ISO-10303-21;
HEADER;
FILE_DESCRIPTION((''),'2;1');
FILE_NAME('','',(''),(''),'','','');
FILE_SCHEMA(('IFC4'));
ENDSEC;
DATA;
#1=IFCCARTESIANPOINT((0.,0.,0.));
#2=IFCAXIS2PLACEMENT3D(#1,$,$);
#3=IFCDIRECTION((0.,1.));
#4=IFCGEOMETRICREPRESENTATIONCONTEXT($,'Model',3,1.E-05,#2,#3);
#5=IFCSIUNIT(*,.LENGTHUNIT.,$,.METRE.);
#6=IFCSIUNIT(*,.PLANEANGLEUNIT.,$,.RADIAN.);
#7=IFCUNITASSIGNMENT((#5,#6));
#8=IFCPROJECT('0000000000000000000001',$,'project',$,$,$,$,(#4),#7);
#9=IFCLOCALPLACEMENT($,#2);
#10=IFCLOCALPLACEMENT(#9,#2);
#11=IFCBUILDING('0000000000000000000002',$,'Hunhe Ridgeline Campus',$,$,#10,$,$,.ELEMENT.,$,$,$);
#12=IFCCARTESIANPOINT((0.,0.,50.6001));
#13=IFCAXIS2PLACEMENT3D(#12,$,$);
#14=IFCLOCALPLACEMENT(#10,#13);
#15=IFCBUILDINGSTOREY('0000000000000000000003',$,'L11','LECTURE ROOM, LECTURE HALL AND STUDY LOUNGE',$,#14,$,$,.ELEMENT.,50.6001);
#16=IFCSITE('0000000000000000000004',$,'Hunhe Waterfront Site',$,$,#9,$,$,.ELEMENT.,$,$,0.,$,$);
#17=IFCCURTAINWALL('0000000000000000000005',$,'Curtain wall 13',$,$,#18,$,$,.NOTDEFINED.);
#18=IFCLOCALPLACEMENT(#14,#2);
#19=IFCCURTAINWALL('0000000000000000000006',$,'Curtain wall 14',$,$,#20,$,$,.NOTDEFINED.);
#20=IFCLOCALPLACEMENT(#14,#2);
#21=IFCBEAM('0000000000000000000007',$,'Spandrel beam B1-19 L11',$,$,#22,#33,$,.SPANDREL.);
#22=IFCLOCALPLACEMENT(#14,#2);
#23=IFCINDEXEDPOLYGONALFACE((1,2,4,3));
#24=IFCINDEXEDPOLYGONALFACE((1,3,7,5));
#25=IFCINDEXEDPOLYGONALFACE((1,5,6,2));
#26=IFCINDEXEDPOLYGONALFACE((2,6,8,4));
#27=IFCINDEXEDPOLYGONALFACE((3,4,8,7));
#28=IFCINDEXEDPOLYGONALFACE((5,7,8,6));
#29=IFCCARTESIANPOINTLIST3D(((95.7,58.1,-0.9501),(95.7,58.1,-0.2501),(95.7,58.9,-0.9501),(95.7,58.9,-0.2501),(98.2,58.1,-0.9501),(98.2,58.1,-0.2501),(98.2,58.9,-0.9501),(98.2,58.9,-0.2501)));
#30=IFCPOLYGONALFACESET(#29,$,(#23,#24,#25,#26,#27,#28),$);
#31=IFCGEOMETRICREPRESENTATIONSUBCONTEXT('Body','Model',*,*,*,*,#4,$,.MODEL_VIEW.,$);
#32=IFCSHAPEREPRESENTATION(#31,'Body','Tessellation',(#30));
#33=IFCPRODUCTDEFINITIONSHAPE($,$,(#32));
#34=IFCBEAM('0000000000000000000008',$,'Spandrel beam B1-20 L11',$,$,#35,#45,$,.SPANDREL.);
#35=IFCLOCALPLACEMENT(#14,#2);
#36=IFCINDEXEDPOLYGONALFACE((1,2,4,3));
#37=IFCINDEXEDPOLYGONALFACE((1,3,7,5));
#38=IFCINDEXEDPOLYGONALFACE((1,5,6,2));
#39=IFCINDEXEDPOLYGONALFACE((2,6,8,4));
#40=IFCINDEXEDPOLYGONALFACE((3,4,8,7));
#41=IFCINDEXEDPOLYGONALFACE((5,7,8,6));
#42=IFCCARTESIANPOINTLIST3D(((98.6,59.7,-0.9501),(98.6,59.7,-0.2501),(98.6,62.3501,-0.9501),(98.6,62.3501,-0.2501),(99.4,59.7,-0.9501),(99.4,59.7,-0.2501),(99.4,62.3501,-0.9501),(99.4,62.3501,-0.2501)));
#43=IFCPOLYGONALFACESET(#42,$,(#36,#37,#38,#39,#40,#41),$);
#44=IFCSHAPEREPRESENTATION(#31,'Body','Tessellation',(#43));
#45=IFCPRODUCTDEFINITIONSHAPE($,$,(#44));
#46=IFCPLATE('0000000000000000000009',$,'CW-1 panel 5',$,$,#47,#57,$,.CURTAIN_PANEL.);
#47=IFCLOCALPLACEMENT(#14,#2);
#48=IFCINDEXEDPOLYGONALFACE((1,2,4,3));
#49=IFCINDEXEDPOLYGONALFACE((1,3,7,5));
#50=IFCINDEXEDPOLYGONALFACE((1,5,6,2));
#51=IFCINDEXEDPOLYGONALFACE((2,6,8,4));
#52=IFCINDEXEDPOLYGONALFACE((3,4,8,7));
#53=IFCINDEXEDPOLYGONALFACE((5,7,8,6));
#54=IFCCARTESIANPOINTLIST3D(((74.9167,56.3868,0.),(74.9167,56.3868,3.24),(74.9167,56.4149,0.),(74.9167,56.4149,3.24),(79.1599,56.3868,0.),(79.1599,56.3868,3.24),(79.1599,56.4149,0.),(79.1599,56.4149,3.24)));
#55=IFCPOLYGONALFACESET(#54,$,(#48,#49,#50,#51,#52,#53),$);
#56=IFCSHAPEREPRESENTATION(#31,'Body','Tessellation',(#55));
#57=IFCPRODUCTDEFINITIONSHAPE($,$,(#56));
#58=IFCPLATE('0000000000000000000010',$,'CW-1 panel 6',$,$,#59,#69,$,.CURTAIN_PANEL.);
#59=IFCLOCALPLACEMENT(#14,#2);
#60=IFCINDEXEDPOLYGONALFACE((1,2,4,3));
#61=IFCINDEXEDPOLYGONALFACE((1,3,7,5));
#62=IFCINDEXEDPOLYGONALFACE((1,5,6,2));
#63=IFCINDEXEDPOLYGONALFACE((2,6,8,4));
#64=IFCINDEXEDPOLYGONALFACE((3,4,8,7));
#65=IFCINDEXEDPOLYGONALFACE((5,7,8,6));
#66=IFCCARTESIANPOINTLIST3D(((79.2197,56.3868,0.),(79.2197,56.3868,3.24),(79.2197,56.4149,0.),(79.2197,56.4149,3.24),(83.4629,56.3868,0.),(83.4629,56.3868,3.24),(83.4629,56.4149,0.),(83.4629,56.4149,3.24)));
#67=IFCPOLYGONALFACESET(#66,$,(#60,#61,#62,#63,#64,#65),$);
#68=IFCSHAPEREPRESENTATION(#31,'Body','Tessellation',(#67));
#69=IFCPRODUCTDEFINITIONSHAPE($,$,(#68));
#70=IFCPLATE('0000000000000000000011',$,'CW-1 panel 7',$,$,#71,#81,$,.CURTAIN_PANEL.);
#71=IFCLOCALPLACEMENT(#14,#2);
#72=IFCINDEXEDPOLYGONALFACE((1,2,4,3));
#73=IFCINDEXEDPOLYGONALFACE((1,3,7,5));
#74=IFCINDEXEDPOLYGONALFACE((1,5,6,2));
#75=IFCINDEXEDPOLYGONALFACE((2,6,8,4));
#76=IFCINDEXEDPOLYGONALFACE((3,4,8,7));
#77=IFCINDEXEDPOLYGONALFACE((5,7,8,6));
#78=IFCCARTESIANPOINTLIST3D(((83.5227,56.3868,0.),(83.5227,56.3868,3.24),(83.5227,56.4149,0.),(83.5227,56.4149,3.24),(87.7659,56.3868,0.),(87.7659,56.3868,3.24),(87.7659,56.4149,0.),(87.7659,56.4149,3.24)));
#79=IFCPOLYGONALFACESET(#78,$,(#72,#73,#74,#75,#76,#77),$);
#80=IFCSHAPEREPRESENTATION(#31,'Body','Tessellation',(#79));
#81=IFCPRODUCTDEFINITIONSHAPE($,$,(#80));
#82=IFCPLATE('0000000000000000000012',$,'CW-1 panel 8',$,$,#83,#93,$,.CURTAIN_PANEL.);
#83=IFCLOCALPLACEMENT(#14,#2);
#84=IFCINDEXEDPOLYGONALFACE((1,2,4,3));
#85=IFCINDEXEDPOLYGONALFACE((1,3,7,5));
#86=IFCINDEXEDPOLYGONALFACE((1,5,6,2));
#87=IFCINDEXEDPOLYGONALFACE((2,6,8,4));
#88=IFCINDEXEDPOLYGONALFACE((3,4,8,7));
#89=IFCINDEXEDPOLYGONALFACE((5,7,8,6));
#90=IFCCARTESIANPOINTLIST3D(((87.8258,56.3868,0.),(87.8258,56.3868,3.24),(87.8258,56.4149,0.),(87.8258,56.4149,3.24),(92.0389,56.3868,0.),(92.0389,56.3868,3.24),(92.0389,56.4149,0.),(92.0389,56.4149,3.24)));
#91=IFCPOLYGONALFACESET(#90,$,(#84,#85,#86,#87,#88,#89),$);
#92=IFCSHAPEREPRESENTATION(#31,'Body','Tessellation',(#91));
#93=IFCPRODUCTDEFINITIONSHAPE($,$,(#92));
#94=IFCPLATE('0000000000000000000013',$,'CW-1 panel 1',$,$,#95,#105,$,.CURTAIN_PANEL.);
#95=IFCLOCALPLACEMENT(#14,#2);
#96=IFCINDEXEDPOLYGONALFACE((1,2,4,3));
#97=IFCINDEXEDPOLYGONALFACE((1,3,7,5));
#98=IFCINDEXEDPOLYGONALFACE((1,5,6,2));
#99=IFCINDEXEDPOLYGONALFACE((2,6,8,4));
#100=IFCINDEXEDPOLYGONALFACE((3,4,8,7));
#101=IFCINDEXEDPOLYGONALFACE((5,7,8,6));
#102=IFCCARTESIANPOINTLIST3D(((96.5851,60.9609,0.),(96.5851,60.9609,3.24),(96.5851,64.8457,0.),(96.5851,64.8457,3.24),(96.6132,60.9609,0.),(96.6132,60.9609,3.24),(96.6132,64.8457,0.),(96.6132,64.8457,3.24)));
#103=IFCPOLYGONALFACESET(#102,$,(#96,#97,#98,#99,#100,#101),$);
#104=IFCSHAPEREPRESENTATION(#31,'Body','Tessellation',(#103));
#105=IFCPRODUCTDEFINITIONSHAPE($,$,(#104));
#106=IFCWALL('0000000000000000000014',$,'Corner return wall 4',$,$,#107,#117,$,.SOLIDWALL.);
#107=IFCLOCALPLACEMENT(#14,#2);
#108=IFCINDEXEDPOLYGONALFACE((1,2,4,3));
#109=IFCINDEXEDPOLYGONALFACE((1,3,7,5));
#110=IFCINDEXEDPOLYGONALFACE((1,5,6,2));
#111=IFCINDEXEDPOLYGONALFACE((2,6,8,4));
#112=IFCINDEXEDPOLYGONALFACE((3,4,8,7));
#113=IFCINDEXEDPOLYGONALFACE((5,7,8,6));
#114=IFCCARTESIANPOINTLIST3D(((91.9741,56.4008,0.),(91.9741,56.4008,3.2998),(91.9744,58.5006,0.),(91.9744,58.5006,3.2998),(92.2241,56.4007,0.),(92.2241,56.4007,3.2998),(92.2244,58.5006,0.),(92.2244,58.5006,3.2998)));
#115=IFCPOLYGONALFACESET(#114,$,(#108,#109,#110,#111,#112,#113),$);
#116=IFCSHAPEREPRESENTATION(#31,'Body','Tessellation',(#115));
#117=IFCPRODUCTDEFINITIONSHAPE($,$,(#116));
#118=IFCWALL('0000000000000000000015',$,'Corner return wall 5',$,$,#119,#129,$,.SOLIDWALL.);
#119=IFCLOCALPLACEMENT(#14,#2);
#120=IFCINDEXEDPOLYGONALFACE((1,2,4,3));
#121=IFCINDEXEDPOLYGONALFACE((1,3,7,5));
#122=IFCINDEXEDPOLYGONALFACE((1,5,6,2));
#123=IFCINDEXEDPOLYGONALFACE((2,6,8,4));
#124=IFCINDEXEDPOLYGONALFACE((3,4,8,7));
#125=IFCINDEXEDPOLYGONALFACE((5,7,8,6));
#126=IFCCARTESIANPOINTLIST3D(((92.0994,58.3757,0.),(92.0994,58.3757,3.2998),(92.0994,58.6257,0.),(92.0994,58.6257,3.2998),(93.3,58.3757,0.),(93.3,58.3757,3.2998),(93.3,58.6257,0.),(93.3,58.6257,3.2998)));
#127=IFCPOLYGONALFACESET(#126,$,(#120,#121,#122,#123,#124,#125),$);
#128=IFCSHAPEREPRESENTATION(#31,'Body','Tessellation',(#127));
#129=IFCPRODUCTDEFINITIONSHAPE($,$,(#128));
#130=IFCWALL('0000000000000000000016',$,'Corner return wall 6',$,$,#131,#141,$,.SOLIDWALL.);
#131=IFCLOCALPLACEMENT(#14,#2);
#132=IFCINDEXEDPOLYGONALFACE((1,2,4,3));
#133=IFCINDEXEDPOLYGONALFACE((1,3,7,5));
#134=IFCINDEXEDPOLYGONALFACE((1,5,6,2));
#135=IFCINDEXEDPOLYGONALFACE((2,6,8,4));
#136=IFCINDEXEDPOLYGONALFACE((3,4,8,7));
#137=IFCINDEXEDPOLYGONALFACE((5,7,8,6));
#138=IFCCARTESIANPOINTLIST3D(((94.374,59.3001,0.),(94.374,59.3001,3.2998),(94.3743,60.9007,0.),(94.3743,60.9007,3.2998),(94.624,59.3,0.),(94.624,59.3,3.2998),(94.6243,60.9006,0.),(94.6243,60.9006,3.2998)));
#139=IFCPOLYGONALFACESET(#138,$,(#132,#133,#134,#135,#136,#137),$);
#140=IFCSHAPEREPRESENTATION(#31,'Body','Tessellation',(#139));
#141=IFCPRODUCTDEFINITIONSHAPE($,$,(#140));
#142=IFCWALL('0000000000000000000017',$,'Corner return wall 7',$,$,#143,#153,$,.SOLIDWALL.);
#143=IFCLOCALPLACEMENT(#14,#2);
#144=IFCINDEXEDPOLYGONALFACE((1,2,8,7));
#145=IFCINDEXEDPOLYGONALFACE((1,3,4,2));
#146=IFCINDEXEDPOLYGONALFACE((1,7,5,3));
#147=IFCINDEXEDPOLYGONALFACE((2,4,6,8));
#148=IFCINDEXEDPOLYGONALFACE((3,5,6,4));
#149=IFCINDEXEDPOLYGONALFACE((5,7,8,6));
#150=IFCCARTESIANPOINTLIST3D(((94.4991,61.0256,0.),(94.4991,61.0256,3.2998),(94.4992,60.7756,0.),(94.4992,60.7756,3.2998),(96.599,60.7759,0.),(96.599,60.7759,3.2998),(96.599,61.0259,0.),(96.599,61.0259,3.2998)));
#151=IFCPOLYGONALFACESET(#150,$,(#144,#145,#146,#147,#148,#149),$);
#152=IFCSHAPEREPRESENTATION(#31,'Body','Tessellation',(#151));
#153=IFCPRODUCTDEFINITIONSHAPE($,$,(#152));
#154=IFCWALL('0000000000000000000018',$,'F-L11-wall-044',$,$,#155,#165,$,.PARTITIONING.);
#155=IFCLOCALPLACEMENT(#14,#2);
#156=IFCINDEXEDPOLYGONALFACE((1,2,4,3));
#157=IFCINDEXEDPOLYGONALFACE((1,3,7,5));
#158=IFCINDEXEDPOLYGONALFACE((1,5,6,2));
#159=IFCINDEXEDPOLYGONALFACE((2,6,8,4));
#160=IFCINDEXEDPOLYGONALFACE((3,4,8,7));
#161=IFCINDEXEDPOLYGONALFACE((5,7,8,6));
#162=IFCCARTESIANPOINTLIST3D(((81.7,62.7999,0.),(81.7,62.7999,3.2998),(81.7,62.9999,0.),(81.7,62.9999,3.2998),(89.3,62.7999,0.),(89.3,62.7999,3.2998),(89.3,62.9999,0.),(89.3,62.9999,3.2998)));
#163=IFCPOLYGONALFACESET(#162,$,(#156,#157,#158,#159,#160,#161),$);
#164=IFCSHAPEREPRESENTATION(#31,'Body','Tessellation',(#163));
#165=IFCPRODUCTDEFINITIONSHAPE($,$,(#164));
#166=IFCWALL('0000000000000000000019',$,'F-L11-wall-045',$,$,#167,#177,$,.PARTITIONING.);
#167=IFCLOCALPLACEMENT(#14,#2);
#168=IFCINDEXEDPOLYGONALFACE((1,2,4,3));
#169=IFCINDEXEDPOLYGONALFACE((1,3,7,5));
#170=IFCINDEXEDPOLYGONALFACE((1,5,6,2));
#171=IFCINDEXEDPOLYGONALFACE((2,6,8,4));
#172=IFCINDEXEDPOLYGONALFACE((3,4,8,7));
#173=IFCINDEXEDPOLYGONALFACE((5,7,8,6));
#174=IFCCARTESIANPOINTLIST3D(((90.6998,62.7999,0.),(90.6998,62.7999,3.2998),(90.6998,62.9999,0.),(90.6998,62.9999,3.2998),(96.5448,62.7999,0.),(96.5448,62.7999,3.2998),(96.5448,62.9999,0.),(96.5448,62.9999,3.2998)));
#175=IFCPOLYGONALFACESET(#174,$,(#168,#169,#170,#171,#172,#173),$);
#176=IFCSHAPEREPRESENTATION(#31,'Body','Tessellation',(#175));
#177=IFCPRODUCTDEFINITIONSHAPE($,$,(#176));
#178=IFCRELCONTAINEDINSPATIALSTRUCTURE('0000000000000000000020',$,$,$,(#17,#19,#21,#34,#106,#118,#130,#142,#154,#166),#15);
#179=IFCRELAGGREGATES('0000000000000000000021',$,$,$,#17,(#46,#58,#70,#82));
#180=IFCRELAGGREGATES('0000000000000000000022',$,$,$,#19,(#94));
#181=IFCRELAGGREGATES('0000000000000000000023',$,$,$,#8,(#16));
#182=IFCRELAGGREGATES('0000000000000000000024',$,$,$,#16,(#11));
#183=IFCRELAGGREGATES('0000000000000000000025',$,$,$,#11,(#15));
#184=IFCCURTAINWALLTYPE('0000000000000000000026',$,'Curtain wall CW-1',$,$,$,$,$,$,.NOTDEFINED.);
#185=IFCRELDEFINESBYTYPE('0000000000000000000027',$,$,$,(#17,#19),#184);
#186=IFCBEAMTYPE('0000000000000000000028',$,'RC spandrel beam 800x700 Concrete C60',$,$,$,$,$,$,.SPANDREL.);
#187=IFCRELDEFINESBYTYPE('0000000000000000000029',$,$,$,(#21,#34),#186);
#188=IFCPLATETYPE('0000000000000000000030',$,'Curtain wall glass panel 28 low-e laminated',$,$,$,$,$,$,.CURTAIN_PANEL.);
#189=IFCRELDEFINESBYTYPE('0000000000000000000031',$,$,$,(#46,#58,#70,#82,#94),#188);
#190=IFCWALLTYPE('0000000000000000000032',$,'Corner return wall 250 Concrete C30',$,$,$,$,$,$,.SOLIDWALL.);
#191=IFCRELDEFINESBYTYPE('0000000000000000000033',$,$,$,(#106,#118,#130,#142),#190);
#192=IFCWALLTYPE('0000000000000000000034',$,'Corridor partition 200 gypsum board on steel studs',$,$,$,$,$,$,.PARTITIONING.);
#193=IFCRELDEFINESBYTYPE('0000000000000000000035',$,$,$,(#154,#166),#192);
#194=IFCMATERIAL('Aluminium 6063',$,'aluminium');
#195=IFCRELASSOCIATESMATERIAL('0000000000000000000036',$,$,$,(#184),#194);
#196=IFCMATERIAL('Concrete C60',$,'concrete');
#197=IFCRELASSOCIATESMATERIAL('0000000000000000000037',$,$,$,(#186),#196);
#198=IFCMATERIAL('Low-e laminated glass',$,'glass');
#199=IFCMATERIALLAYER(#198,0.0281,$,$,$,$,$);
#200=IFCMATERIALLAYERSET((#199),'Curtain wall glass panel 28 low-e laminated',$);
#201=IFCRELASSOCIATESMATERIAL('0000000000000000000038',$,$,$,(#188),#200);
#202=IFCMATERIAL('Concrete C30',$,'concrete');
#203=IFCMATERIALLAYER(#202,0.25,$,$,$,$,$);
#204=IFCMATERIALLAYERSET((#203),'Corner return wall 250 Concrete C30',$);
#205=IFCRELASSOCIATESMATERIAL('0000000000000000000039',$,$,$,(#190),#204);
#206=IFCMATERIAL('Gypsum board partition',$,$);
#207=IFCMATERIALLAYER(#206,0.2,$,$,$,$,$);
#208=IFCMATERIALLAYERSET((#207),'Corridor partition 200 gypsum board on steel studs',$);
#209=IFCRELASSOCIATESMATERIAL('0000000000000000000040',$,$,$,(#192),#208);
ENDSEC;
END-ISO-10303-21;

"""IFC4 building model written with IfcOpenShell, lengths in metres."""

from ifc_helpers import new_model, si_unit, direction, frame, frame_2d, origin, origin_2d, place, context, subcontext, project, spatial, rectangle, extrude, material, layer, layer_set, material_profile, profile_set, type_object, element, aggregate, save


model = new_model("IFC4")

# Units and contexts
model_context = context("Model", 3, precision=1e-05, world=origin(), true_north=direction((0.0, 1.0)))
body_context = subcontext(model_context, "Body", "Model", "MODEL_VIEW")
ifc_project = project(units=[si_unit("LENGTHUNIT", "METRE"), si_unit("PLANEANGLEUNIT", "RADIAN")], contexts=[model_context])

# Site, building, storey
site_placement = place(None, origin())
site = spatial("IfcSite", under=ifc_project, at=site_placement, Name="Hunhe Waterfront Site", CompositionType="ELEMENT", RefElevation=0.0)
building_placement = place(site_placement, origin())
building = spatial("IfcBuilding", under=site, at=building_placement, Name="Hunhe Ridgeline Campus", CompositionType="ELEMENT")
storey_placement = place(building_placement, frame((0.0, 0.0, 50.6001)))
storey = spatial("IfcBuildingStorey", under=building, at=storey_placement, Name="L11", Description="LECTURE ROOM, LECTURE HALL AND STUDY LOUNGE", CompositionType="ELEMENT", Elevation=50.6001)

# Curtain walls
ifc_material_1 = material(Name="Aluminium 6063", Category="aluminium")
curtain_wall_type = type_object("IfcCurtainWallType", Name="Curtain wall CW-1", PredefinedType="NOTDEFINED", material=ifc_material_1)
curtain_wall_1_placement = place(storey_placement, origin())
curtain_wall_1 = element("IfcCurtainWall", 1, at=curtain_wall_1_placement, inside=storey, type_object=curtain_wall_type, Name="Curtain wall 13", PredefinedType="NOTDEFINED")
curtain_wall_2_placement = place(storey_placement, origin())
curtain_wall_2 = element("IfcCurtainWall", 2, at=curtain_wall_2_placement, inside=storey, type_object=curtain_wall_type, Name="Curtain wall 14", PredefinedType="NOTDEFINED")

# Beams
ifc_material_2 = material(Name="Concrete C60", Category="concrete")
ifc_material_profile_1 = material_profile(ifc_material_2, rectangle(XDim=0.8, YDim=0.7, at=origin_2d()))
ifc_profile_set_1 = profile_set([ifc_material_profile_1], Name="Concrete C60")
beam_type = type_object("IfcBeamType", Name="RC spandrel beam 800x700 Concrete C60", PredefinedType="SPANDREL", material=ifc_profile_set_1)
for number, where, z_axis, x_axis, name in (
    (3, (95.7, 58.5, -0.6001), (1.0, 0.0, 0.0), (0.0, 1.0, 0.0), "Spandrel beam B1-19 L11"),
):
    element("IfcBeam", number, at=place(storey_placement, frame(where, z_axis=z_axis, x_axis=x_axis)), inside=storey, type_object=beam_type, Name=name, PredefinedType="SPANDREL", context=body_context, shape_type="SweptSolid", body=[
        extrude(rectangle(XDim=0.8, YDim=0.7, at=origin_2d()), origin(), (0.0, 0.0, 1.0), 2.5),
    ])
beam_1_placement = place(storey_placement, frame((99.0, 59.7, -0.6001), z_axis=(0.0, 1.0, 0.0), x_axis=(-1.0, 0.0, 0.0)))
element("IfcBeam", 4, at=beam_1_placement, inside=storey, type_object=beam_type, Name="Spandrel beam B1-20 L11", PredefinedType="SPANDREL", context=body_context, shape_type="SweptSolid", body=[
    extrude(rectangle(XDim=0.8, YDim=0.7, at=origin_2d()), origin(), (0.0, 0.0, 1.0), 2.6501),
])

# Plates
ifc_material_3 = material(Name="Low-e laminated glass", Category="glass")
ifc_layer_1 = layer(ifc_material_3, 0.0281)
ifc_layer_set_1 = layer_set([ifc_layer_1], Name="Curtain wall glass panel 28 low-e laminated")
plate_type = type_object("IfcPlateType", Name="Curtain wall glass panel 28 low-e laminated", PredefinedType="CURTAIN_PANEL", material=ifc_layer_set_1)
plate_1_placement = place(storey_placement, frame((77.0383, 56.4009, 0.0), z_axis=(0.0, 0.0, 1.0), x_axis=(1.0, 0.000004, 0.0)))
plate_1 = element("IfcPlate", 5, at=plate_1_placement, type_object=plate_type, Name="CW-1 panel 5", PredefinedType="CURTAIN_PANEL", context=body_context, shape_type="SweptSolid", body=[
    extrude(rectangle(XDim=4.2432, YDim=0.0281, at=origin_2d()), origin(), (0.0, 0.0, 1.0), 3.24),
])
plate_2_placement = place(storey_placement, frame((81.3413, 56.4009, 0.0), z_axis=(0.0, 0.0, 1.0), x_axis=(1.0, 0.000004, 0.0)))
plate_2 = element("IfcPlate", 6, at=plate_2_placement, type_object=plate_type, Name="CW-1 panel 6", PredefinedType="CURTAIN_PANEL", context=body_context, shape_type="SweptSolid", body=[
    extrude(rectangle(XDim=4.2432, YDim=0.0281, at=origin_2d()), origin(), (0.0, 0.0, 1.0), 3.24),
])
plate_3_placement = place(storey_placement, frame((85.6443, 56.4009, 0.0), z_axis=(0.0, 0.0, 1.0), x_axis=(1.0, 0.000004, 0.0)))
plate_3 = element("IfcPlate", 7, at=plate_3_placement, type_object=plate_type, Name="CW-1 panel 7", PredefinedType="CURTAIN_PANEL", context=body_context, shape_type="SweptSolid", body=[
    extrude(rectangle(XDim=4.2432, YDim=0.0281, at=origin_2d()), origin(), (0.0, 0.0, 1.0), 3.24),
])
plate_4_placement = place(storey_placement, frame((89.9324, 56.4009, 0.0), z_axis=(0.0, 0.0, 1.0), x_axis=(1.0, 0.000004, 0.0)))
plate_4 = element("IfcPlate", 8, at=plate_4_placement, type_object=plate_type, Name="CW-1 panel 8", PredefinedType="CURTAIN_PANEL", context=body_context, shape_type="SweptSolid", body=[
    extrude(rectangle(XDim=4.2131, YDim=0.0281, at=origin_2d()), origin(), (0.0, 0.0, 1.0), 3.24),
])
aggregate(curtain_wall_1, [plate_1, plate_2, plate_3, plate_4])
plate_5_placement = place(storey_placement, frame((96.5991, 62.9033, 0.0), z_axis=(0.0, 0.0, 1.0), x_axis=(0.0, 1.0, 0.0)))
plate_5 = element("IfcPlate", 9, at=plate_5_placement, type_object=plate_type, Name="CW-1 panel 1", PredefinedType="CURTAIN_PANEL", context=body_context, shape_type="SweptSolid", body=[
    extrude(rectangle(XDim=3.8848, YDim=0.0281, at=origin_2d()), origin(), (0.0, 0.0, 1.0), 3.24),
])
aggregate(curtain_wall_2, [plate_5])

# Walls
ifc_material_4 = material(Name="Concrete C30", Category="concrete")
ifc_layer_2 = layer(ifc_material_4, 0.25)
ifc_layer_set_2 = layer_set([ifc_layer_2], Name="Corner return wall 250 Concrete C30")
wall_type_1 = type_object("IfcWallType", Name="Corner return wall 250 Concrete C30", PredefinedType="SOLIDWALL", material=ifc_layer_set_2)
wall_1_placement = place(storey_placement, frame((92.0991, 56.4009, 0.0), z_axis=(0.0, 0.0, 1.0), x_axis=(0.000116, 1.0, 0.0)))
element("IfcWall", 10, at=wall_1_placement, inside=storey, type_object=wall_type_1, Name="Corner return wall 4", PredefinedType="SOLIDWALL", context=body_context, shape_type="SweptSolid", body=[
    extrude(rectangle(XDim=2.0999, YDim=0.25, at=frame_2d((1.0498, 0.0))), origin(), (0.0, 0.0, 1.0), 3.2998),
])
wall_2_placement = place(storey_placement, frame((92.0994, 58.5007, 0.0), z_axis=(0.0, 0.0, 1.0), x_axis=(1.0, 0.0, 0.0)))
element("IfcWall", 11, at=wall_2_placement, inside=storey, type_object=wall_type_1, Name="Corner return wall 5", PredefinedType="SOLIDWALL", context=body_context, shape_type="SweptSolid", body=[
    extrude(rectangle(XDim=1.2007, YDim=0.25, at=frame_2d((0.6003, 0.0))), origin(), (0.0, 0.0, 1.0), 3.2998),
])
wall_3_placement = place(storey_placement, frame((94.499, 59.3, 0.0), z_axis=(0.0, 0.0, 1.0), x_axis=(0.000153, 1.0, 0.0)))
element("IfcWall", 12, at=wall_3_placement, inside=storey, type_object=wall_type_1, Name="Corner return wall 6", PredefinedType="SOLIDWALL", context=body_context, shape_type="SweptSolid", body=[
    extrude(rectangle(XDim=1.6006, YDim=0.25, at=frame_2d((0.8003, 0.0))), origin(), (0.0, 0.0, 1.0), 3.2998),
])
wall_4_placement = place(storey_placement, frame((94.4993, 60.9006, 0.0), z_axis=(0.0, 0.0, 1.0), x_axis=(1.0, 0.000116, 0.0)))
element("IfcWall", 13, at=wall_4_placement, inside=storey, type_object=wall_type_1, Name="Corner return wall 7", PredefinedType="SOLIDWALL", context=body_context, shape_type="SweptSolid", body=[
    extrude(rectangle(XDim=2.0999, YDim=0.25, at=frame_2d((1.0498, 0.0))), origin(), (0.0, 0.0, 1.0), 3.2998),
])

# Shared definitions
ifc_material_5 = material(Name="Gypsum board partition")
ifc_layer_3 = layer(ifc_material_5, 0.2)
ifc_layer_set_3 = layer_set([ifc_layer_3], Name="Corridor partition 200 gypsum board on steel studs")
wall_type_2 = type_object("IfcWallType", Name="Corridor partition 200 gypsum board on steel studs", PredefinedType="PARTITIONING", material=ifc_layer_set_3)

# Walls
wall_5_placement = place(storey_placement, frame((81.7, 62.8999, 0.0), z_axis=(0.0, 0.0, 1.0), x_axis=(1.0, 0.0, 0.0)))
element("IfcWall", 14, at=wall_5_placement, inside=storey, type_object=wall_type_2, Name="F-L11-wall-044", PredefinedType="PARTITIONING", context=body_context, shape_type="SweptSolid", body=[
    extrude(rectangle(XDim=7.6001, YDim=0.2, at=frame_2d((3.8, 0.0))), origin(), (0.0, 0.0, 1.0), 3.2998),
])
wall_6_placement = place(storey_placement, frame((90.7, 62.8999, 0.0), z_axis=(0.0, 0.0, 1.0), x_axis=(1.0, 0.0, 0.0)))
element("IfcWall", 15, at=wall_6_placement, inside=storey, type_object=wall_type_2, Name="F-L11-wall-045", PredefinedType="PARTITIONING", context=body_context, shape_type="SweptSolid", body=[
    extrude(rectangle(XDim=5.845, YDim=0.2, at=frame_2d((2.9224, 0.0))), origin(), (0.0, 0.0, 1.0), 3.2998),
])

save(model, "model.ifc")
